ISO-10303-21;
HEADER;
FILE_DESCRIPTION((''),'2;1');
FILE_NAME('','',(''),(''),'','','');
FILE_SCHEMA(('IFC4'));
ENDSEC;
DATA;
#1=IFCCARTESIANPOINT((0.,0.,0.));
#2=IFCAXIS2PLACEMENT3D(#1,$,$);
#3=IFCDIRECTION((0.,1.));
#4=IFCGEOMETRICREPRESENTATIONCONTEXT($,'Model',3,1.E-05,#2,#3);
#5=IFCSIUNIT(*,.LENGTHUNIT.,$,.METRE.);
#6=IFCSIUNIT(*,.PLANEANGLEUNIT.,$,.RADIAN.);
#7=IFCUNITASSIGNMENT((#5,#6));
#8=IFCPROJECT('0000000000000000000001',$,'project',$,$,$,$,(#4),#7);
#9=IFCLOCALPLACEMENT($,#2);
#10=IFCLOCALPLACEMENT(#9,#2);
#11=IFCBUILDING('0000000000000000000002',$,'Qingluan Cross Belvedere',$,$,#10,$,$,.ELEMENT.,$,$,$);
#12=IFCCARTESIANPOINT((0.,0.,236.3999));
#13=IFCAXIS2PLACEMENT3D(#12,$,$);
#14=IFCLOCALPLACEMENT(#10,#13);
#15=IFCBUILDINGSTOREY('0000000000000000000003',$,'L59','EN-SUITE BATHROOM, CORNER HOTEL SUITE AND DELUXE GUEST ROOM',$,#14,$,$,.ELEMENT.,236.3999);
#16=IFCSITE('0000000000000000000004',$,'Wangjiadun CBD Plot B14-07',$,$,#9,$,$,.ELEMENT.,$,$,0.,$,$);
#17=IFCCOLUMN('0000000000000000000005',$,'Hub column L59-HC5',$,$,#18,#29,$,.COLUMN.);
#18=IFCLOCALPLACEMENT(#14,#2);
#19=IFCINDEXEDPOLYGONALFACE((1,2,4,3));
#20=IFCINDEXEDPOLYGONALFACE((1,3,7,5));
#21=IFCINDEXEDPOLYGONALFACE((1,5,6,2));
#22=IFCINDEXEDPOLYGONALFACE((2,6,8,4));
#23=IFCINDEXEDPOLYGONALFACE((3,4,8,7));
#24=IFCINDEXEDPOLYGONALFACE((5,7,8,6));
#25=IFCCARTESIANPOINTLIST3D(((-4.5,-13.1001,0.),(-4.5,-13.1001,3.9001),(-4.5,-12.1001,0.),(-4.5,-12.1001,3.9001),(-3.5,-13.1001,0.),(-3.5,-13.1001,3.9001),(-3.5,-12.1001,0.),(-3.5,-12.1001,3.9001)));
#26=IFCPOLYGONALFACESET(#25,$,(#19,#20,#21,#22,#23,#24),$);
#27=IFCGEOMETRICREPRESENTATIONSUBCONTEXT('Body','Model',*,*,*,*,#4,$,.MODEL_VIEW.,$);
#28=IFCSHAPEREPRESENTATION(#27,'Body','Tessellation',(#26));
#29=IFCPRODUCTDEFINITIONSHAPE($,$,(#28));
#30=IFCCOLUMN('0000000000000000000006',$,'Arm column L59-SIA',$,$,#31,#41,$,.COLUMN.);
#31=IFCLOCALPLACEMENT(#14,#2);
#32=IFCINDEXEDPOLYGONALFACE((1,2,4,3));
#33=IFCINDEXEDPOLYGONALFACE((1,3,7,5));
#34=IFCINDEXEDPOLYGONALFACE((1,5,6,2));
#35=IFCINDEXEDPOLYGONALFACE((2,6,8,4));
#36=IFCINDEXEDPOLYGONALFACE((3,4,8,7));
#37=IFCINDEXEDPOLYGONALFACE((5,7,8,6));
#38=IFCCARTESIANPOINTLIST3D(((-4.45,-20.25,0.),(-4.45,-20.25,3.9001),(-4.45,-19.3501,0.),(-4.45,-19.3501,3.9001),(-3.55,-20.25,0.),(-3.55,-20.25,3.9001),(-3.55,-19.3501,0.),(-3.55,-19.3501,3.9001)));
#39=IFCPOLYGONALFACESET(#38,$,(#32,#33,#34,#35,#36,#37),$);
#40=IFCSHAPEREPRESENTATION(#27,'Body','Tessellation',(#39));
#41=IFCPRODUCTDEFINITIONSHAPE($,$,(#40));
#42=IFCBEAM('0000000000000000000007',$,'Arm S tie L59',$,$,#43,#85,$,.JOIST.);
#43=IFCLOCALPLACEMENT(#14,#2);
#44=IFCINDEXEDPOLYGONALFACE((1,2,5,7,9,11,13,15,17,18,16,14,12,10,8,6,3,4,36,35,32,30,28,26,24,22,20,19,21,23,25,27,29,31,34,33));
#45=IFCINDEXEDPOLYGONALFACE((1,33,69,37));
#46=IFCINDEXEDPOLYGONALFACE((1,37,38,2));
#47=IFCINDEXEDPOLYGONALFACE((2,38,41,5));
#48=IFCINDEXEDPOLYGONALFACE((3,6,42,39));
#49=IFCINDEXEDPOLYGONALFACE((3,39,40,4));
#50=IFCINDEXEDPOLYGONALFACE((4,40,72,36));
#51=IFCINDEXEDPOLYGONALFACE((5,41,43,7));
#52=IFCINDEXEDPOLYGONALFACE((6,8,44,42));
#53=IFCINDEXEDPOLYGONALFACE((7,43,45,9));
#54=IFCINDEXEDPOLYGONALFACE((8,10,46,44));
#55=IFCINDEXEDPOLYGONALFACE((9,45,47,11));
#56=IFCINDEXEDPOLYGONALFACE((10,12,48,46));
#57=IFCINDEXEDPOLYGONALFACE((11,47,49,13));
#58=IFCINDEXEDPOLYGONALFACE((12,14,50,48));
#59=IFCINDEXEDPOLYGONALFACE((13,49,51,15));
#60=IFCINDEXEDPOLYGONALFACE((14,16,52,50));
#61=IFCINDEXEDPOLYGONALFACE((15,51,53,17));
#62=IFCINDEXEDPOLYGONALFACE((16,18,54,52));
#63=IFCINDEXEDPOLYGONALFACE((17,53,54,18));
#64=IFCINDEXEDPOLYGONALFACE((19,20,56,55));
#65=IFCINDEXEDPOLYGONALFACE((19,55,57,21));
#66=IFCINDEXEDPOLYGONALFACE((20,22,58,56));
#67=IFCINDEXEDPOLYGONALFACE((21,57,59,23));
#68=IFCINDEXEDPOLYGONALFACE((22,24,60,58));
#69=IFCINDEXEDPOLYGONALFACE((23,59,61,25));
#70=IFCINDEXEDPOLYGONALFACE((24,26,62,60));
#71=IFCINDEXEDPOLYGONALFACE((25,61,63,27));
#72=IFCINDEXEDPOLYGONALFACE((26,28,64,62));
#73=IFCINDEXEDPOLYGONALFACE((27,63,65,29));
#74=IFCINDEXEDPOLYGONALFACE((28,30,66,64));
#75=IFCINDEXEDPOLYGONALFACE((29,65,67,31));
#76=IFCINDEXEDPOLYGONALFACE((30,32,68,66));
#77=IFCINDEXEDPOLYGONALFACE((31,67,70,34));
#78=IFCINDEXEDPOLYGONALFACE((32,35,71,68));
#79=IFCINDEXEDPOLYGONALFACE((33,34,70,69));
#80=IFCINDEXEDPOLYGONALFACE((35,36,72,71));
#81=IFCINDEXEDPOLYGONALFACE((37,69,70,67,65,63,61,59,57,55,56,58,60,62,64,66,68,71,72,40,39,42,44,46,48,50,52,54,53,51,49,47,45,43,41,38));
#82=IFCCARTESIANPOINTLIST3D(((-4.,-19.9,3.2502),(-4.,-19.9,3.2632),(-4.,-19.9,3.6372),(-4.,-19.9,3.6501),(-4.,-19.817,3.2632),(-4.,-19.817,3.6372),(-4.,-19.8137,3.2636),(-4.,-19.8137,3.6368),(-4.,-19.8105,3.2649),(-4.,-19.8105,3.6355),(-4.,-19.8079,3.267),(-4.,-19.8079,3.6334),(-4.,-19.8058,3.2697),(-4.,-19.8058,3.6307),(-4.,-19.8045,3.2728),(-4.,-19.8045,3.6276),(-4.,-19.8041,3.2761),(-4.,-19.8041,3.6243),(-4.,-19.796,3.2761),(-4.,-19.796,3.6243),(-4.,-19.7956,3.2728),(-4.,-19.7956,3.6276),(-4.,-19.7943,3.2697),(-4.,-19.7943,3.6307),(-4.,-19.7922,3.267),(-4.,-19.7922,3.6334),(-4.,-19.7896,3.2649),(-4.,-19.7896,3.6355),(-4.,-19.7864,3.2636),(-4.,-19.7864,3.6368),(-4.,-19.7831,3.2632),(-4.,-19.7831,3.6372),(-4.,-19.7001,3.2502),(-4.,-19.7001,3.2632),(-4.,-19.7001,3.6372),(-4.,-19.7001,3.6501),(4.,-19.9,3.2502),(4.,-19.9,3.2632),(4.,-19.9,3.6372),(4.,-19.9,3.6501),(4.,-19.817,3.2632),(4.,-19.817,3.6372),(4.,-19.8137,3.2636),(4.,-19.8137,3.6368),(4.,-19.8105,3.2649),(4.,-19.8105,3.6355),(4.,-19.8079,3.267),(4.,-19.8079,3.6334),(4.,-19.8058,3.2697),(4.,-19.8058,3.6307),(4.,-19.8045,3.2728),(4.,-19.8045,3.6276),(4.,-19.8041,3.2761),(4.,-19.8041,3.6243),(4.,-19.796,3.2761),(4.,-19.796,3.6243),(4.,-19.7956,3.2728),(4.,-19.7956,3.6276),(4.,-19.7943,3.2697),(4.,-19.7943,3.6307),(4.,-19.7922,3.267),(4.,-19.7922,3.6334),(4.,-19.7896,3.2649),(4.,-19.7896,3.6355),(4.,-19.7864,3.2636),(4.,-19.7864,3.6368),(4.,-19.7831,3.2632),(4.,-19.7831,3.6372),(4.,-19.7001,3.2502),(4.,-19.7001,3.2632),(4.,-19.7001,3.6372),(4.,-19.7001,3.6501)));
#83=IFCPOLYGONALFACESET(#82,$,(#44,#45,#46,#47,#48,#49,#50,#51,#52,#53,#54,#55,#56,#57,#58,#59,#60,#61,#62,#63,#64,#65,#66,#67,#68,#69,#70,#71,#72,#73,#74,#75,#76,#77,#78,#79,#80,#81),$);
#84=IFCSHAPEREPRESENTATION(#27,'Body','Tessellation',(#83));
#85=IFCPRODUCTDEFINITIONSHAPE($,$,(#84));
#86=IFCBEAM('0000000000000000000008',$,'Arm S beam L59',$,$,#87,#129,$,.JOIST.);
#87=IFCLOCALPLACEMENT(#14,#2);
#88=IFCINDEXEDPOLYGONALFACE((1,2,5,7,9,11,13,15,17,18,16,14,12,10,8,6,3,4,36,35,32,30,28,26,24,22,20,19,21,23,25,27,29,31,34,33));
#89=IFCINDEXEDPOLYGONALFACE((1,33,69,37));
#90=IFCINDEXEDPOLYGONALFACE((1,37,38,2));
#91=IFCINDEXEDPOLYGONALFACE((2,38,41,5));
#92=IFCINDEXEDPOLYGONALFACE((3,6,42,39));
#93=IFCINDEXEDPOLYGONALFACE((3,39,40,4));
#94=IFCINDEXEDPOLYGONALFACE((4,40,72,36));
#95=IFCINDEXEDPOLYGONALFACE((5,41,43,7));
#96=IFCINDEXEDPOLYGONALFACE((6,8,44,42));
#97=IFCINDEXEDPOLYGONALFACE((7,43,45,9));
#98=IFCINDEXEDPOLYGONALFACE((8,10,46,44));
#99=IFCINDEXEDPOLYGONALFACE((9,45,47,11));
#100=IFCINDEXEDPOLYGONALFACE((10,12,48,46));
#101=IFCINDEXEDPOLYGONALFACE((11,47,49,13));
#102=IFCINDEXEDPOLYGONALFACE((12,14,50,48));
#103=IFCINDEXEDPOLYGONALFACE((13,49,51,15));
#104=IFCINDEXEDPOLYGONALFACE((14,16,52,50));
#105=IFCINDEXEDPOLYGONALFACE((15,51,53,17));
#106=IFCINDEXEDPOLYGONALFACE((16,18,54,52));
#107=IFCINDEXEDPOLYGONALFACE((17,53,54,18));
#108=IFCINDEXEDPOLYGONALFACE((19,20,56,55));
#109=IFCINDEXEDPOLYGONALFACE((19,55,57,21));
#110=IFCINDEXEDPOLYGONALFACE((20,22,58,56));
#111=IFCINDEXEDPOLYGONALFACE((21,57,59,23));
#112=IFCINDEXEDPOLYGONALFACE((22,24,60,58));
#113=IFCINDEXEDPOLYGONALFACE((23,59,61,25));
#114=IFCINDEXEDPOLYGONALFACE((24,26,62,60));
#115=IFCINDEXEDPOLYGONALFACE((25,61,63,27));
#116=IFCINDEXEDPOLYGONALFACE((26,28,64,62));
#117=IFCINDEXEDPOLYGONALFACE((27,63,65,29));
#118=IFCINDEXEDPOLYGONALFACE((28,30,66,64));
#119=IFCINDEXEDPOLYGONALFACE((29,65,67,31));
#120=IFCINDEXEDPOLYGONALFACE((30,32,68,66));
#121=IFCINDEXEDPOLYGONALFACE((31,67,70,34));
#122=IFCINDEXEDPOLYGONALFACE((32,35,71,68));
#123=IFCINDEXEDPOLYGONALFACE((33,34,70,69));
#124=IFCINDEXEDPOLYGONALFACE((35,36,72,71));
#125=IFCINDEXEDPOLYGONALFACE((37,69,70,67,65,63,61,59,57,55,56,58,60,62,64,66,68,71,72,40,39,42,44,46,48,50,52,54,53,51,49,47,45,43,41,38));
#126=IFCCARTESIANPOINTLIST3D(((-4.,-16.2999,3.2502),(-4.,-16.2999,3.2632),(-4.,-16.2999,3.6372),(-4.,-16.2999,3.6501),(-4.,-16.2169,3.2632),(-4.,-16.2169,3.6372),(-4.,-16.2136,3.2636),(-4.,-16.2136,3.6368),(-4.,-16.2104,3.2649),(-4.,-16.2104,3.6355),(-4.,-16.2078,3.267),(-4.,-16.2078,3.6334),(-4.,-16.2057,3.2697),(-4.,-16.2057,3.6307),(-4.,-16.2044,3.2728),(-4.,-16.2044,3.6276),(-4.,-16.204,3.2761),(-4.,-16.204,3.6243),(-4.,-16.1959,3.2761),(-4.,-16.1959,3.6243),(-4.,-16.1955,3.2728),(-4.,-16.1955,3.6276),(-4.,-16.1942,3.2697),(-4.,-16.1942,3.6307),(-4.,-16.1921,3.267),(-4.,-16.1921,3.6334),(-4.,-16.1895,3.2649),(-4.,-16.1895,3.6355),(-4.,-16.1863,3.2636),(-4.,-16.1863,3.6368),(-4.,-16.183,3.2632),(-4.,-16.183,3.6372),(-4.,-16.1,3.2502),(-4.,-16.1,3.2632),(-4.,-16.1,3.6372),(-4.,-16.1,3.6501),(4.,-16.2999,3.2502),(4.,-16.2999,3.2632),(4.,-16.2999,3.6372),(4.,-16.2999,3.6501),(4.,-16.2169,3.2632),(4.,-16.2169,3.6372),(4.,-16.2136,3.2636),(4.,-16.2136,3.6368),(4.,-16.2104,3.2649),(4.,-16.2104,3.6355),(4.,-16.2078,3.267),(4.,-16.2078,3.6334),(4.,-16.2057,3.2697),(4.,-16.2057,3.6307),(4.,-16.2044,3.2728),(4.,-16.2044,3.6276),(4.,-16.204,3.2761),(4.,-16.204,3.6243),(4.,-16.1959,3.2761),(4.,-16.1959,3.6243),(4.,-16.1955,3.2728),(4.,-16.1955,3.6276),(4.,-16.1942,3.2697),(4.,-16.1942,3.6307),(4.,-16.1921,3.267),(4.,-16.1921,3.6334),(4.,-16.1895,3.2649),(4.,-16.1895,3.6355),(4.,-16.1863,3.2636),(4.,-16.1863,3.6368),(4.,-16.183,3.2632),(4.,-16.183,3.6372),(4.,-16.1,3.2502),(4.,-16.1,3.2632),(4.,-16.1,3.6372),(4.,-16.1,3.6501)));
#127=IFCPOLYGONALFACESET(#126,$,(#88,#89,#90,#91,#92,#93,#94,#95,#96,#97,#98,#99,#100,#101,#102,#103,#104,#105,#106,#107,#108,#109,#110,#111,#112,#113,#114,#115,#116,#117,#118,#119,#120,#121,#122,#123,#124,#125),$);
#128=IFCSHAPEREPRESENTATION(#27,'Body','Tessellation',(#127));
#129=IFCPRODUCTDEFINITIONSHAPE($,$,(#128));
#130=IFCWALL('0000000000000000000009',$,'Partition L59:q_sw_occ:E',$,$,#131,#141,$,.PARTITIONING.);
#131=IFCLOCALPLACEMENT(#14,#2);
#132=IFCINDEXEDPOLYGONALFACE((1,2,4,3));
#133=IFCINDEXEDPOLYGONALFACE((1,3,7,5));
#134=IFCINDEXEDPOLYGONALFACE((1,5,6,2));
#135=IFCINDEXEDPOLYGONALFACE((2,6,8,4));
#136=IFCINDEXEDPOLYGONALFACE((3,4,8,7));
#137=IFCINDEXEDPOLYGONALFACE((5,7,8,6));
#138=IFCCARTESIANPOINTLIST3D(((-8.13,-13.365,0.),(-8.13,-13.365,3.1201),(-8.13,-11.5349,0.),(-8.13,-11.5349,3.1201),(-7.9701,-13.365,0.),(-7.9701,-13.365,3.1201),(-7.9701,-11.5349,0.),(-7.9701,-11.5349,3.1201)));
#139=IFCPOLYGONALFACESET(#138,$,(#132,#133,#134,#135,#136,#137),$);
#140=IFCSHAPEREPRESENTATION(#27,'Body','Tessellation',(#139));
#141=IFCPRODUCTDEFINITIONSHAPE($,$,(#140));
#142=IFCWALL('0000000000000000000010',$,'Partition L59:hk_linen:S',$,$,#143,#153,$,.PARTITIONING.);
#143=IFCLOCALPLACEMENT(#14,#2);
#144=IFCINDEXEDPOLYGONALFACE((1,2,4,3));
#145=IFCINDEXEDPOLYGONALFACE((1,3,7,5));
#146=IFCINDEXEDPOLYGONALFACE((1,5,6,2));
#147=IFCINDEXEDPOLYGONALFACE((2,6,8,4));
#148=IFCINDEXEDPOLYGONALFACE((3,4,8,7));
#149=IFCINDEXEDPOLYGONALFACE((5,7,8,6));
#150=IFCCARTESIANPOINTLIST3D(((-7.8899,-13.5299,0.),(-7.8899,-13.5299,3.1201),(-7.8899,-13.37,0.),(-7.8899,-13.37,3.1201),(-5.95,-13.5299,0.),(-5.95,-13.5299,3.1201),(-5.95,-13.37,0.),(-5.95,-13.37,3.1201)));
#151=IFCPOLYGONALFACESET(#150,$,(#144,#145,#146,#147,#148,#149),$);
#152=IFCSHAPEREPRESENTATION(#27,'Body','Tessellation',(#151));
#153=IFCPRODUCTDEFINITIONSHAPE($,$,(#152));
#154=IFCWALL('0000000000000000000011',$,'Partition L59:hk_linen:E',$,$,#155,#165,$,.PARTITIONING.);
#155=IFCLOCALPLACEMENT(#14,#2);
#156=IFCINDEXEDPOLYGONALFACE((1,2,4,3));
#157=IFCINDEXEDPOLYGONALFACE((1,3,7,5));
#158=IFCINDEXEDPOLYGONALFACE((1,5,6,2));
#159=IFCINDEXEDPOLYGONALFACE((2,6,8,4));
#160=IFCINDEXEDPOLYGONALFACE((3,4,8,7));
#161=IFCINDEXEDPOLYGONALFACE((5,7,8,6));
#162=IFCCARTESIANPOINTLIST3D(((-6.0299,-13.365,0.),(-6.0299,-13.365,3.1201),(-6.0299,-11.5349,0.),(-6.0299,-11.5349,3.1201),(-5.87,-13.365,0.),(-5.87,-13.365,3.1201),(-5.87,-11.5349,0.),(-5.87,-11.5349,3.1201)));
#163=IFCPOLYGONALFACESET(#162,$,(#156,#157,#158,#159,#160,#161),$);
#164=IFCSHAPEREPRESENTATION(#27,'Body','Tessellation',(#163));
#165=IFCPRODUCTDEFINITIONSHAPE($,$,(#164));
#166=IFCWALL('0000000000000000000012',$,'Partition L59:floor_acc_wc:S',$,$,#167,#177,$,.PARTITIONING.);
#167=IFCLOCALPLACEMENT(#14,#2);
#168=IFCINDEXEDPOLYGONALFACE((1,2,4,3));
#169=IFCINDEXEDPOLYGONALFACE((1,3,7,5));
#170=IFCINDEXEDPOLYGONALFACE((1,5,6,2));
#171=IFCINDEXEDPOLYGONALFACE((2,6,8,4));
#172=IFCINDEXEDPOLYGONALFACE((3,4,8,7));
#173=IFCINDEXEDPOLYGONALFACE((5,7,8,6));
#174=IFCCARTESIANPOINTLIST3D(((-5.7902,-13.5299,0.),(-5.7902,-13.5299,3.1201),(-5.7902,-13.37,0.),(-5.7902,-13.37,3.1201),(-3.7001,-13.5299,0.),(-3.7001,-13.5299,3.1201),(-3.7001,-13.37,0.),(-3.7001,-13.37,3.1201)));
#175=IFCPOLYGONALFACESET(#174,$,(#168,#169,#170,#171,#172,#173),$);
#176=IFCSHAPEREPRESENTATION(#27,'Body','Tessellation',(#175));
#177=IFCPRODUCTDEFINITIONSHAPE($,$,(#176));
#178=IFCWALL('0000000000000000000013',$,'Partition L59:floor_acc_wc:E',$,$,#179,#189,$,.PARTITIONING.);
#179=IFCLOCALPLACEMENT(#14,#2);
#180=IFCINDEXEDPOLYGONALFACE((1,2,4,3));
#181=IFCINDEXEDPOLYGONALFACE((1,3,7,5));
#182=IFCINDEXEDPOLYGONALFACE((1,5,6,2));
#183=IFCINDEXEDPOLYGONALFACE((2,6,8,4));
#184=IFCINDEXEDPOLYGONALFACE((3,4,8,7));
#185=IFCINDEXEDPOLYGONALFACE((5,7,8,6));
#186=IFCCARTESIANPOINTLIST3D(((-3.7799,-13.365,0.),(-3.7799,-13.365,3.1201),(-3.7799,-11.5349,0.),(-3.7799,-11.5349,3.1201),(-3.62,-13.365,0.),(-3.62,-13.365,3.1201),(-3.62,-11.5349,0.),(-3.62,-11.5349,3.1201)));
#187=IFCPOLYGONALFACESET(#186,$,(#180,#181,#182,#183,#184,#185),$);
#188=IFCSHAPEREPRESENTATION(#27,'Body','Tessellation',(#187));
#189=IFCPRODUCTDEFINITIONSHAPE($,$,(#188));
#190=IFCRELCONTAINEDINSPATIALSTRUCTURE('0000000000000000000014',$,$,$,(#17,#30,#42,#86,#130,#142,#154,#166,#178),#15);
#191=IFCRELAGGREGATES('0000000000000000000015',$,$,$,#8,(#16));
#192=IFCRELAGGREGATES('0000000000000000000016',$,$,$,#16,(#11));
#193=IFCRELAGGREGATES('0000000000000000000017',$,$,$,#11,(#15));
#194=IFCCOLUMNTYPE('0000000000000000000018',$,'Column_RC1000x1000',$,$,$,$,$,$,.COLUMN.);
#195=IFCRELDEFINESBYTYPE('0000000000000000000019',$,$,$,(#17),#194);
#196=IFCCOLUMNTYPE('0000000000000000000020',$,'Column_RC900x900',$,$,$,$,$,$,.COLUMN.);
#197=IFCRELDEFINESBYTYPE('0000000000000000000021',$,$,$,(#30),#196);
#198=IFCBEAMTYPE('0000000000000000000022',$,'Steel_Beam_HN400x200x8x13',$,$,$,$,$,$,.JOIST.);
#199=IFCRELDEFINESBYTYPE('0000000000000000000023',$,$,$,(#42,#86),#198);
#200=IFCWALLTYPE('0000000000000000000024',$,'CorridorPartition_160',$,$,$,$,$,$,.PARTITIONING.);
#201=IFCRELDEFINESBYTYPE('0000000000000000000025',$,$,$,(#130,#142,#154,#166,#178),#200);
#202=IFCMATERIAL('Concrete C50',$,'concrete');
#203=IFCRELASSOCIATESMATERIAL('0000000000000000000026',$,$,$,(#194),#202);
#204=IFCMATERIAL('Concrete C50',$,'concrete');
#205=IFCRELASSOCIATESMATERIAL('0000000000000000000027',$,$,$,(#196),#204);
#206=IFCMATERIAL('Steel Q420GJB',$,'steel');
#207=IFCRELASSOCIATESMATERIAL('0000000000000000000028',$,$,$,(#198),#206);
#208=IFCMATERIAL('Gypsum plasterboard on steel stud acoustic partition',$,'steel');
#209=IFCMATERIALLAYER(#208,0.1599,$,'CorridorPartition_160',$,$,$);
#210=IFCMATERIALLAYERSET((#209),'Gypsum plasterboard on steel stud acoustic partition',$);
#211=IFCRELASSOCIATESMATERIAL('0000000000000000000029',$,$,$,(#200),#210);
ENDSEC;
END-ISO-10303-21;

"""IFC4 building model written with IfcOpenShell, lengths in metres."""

from ifc_helpers import new_model, si_unit, direction, frame, frame_2d, origin, origin_2d, place, context, subcontext, project, spatial, rectangle, i_section, extrude, material, layer, layer_set, material_profile, profile_set, type_object, element, save


model = new_model("IFC4")

# Units and contexts
model_context = context("Model", 3, precision=1e-05, world=origin(), true_north=direction((0.0, 1.0)))
body_context = subcontext(model_context, "Body", "Model", "MODEL_VIEW")
ifc_project = project(units=[si_unit("LENGTHUNIT", "METRE"), si_unit("PLANEANGLEUNIT", "RADIAN")], contexts=[model_context])

# Site, building, storey
site_placement = place(None, origin())
site = spatial("IfcSite", under=ifc_project, at=site_placement, Name="Wangjiadun CBD Plot B14-07", CompositionType="ELEMENT", RefElevation=0.0)
building_placement = place(site_placement, origin())
building = spatial("IfcBuilding", under=site, at=building_placement, Name="Qingluan Cross Belvedere", CompositionType="ELEMENT")
storey_placement = place(building_placement, frame((0.0, 0.0, 236.3999)))
storey = spatial("IfcBuildingStorey", under=building, at=storey_placement, Name="L59", Description="EN-SUITE BATHROOM, CORNER HOTEL SUITE AND DELUXE GUEST ROOM", CompositionType="ELEMENT", Elevation=236.3999)

# Columns
ifc_material_1 = material(Name="Concrete C50", Category="concrete")
ifc_material_profile_1 = material_profile(ifc_material_1, rectangle(XDim=1.0, YDim=1.0, at=origin_2d()), Name="RC1000x1000")
ifc_profile_set_1 = profile_set([ifc_material_profile_1], Name="Concrete C50")
column_type_1 = type_object("IfcColumnType", Name="Column_RC1000x1000", PredefinedType="COLUMN", material=ifc_profile_set_1)
column_1_placement = place(storey_placement, frame((-4.0, -12.6001, 0.0), z_axis=(0.0, 0.0, 1.0), x_axis=(1.0, 0.0, 0.0)))
element("IfcColumn", 1, at=column_1_placement, inside=storey, type_object=column_type_1, Name="Hub column L59-HC5", PredefinedType="COLUMN", context=body_context, shape_type="SweptSolid", body=[
    extrude(rectangle(XDim=1.0, YDim=1.0, at=origin_2d()), origin(), (0.0, 0.0, 1.0), 3.9001),
])
ifc_material_2 = material(Name="Concrete C50", Category="concrete")
ifc_material_profile_2 = material_profile(ifc_material_2, rectangle(XDim=0.8999, YDim=0.8999, at=origin_2d()), Name="RC900x900")
ifc_profile_set_2 = profile_set([ifc_material_profile_2], Name="Concrete C50")
column_type_2 = type_object("IfcColumnType", Name="Column_RC900x900", PredefinedType="COLUMN", material=ifc_profile_set_2)
column_2_placement = place(storey_placement, frame((-4.0, -19.8, 0.0), z_axis=(0.0, 0.0, 1.0), x_axis=(1.0, 0.0, 0.0)))
element("IfcColumn", 2, at=column_2_placement, inside=storey, type_object=column_type_2, Name="Arm column L59-SIA", PredefinedType="COLUMN", context=body_context, shape_type="SweptSolid", body=[
    extrude(rectangle(XDim=0.8999, YDim=0.8999, at=origin_2d()), origin(), (0.0, 0.0, 1.0), 3.9001),
])

# Beams
ifc_material_3 = material(Name="Steel Q420GJB", Category="steel")
ifc_material_profile_3 = material_profile(ifc_material_3, i_section(OverallWidth=0.2, OverallDepth=0.3999, WebThickness=0.0081, FlangeThickness=0.0129, FilletRadius=0.0129, at=origin_2d()), Name="HN400x200x8x13")
ifc_profile_set_3 = profile_set([ifc_material_profile_3], Name="Steel Q420GJB")
beam_type = type_object("IfcBeamType", Name="Steel_Beam_HN400x200x8x13", PredefinedType="JOIST", material=ifc_profile_set_3)
for number, where, z_axis, x_axis, name in (
    (3, (-4.0, -19.8, 3.4502), (1.0, 0.0, 0.0), (0.0, 1.0, 0.0), "Arm S tie L59"),
    (4, (-4.0, -16.2, 3.4502), (1.0, 0.0, 0.0), (0.0, 1.0, 0.0), "Arm S beam L59"),
):
    element("IfcBeam", number, at=place(storey_placement, frame(where, z_axis=z_axis, x_axis=x_axis)), inside=storey, type_object=beam_type, Name=name, PredefinedType="JOIST", context=body_context, shape_type="SweptSolid", body=[
        extrude(i_section(OverallWidth=0.2, OverallDepth=0.3999, WebThickness=0.0081, FlangeThickness=0.0129, FilletRadius=0.0129, at=origin_2d()), origin(), (0.0, 0.0, 1.0), 8.0),
    ])

# Walls
ifc_material_4 = material(Name="Gypsum plasterboard on steel stud acoustic partition", Category="steel")
ifc_layer_1 = layer(ifc_material_4, 0.1599, Name="CorridorPartition_160")
ifc_layer_set_1 = layer_set([ifc_layer_1], Name="Gypsum plasterboard on steel stud acoustic partition")
wall_type_1 = type_object("IfcWallType", Name="CorridorPartition_160", PredefinedType="PARTITIONING", material=ifc_layer_set_1)
wall_1_placement = place(storey_placement, frame((-8.05, -13.365, 0.0), z_axis=(0.0, 0.0, 1.0), x_axis=(0.0, 1.0, 0.0)))
element("IfcWall", 5, at=wall_1_placement, inside=storey, type_object=wall_type_1, Name="Partition L59:q_sw_occ:E", PredefinedType="PARTITIONING", context=body_context, shape_type="SweptSolid", body=[
    extrude(rectangle(XDim=1.8301, YDim=0.1599, at=frame_2d((0.915, 0.0))), origin(), (0.0, 0.0, 1.0), 3.1201),
])
wall_2_placement = place(storey_placement, frame((-7.8899, -13.45, 0.0), z_axis=(0.0, 0.0, 1.0), x_axis=(1.0, 0.0, 0.0)))
element("IfcWall", 6, at=wall_2_placement, inside=storey, type_object=wall_type_1, Name="Partition L59:hk_linen:S", PredefinedType="PARTITIONING", context=body_context, shape_type="SweptSolid", body=[
    extrude(rectangle(XDim=1.9399, YDim=0.1599, at=frame_2d((0.97, 0.0))), origin(), (0.0, 0.0, 1.0), 3.1201),
])
wall_3_placement = place(storey_placement, frame((-5.95, -13.365, 0.0), z_axis=(0.0, 0.0, 1.0), x_axis=(0.0, 1.0, 0.0)))
element("IfcWall", 7, at=wall_3_placement, inside=storey, type_object=wall_type_1, Name="Partition L59:hk_linen:E", PredefinedType="PARTITIONING", context=body_context, shape_type="SweptSolid", body=[
    extrude(rectangle(XDim=1.8301, YDim=0.1599, at=frame_2d((0.915, 0.0))), origin(), (0.0, 0.0, 1.0), 3.1201),
])
wall_4_placement = place(storey_placement, frame((-5.79, -13.45, 0.0), z_axis=(0.0, 0.0, 1.0), x_axis=(1.0, 0.0, 0.0)))
element("IfcWall", 8, at=wall_4_placement, inside=storey, type_object=wall_type_1, Name="Partition L59:floor_acc_wc:S", PredefinedType="PARTITIONING", context=body_context, shape_type="SweptSolid", body=[
    extrude(rectangle(XDim=2.0901, YDim=0.1599, at=frame_2d((1.0449, 0.0))), origin(), (0.0, 0.0, 1.0), 3.1201),
])
wall_5_placement = place(storey_placement, frame((-3.7, -13.365, 0.0), z_axis=(0.0, 0.0, 1.0), x_axis=(0.0, 1.0, 0.0)))
element("IfcWall", 9, at=wall_5_placement, inside=storey, type_object=wall_type_1, Name="Partition L59:floor_acc_wc:E", PredefinedType="PARTITIONING", context=body_context, shape_type="SweptSolid", body=[
    extrude(rectangle(XDim=1.8301, YDim=0.1599, at=frame_2d((0.915, 0.0))), origin(), (0.0, 0.0, 1.0), 3.1201),
])

save(model, "model.ifc")
